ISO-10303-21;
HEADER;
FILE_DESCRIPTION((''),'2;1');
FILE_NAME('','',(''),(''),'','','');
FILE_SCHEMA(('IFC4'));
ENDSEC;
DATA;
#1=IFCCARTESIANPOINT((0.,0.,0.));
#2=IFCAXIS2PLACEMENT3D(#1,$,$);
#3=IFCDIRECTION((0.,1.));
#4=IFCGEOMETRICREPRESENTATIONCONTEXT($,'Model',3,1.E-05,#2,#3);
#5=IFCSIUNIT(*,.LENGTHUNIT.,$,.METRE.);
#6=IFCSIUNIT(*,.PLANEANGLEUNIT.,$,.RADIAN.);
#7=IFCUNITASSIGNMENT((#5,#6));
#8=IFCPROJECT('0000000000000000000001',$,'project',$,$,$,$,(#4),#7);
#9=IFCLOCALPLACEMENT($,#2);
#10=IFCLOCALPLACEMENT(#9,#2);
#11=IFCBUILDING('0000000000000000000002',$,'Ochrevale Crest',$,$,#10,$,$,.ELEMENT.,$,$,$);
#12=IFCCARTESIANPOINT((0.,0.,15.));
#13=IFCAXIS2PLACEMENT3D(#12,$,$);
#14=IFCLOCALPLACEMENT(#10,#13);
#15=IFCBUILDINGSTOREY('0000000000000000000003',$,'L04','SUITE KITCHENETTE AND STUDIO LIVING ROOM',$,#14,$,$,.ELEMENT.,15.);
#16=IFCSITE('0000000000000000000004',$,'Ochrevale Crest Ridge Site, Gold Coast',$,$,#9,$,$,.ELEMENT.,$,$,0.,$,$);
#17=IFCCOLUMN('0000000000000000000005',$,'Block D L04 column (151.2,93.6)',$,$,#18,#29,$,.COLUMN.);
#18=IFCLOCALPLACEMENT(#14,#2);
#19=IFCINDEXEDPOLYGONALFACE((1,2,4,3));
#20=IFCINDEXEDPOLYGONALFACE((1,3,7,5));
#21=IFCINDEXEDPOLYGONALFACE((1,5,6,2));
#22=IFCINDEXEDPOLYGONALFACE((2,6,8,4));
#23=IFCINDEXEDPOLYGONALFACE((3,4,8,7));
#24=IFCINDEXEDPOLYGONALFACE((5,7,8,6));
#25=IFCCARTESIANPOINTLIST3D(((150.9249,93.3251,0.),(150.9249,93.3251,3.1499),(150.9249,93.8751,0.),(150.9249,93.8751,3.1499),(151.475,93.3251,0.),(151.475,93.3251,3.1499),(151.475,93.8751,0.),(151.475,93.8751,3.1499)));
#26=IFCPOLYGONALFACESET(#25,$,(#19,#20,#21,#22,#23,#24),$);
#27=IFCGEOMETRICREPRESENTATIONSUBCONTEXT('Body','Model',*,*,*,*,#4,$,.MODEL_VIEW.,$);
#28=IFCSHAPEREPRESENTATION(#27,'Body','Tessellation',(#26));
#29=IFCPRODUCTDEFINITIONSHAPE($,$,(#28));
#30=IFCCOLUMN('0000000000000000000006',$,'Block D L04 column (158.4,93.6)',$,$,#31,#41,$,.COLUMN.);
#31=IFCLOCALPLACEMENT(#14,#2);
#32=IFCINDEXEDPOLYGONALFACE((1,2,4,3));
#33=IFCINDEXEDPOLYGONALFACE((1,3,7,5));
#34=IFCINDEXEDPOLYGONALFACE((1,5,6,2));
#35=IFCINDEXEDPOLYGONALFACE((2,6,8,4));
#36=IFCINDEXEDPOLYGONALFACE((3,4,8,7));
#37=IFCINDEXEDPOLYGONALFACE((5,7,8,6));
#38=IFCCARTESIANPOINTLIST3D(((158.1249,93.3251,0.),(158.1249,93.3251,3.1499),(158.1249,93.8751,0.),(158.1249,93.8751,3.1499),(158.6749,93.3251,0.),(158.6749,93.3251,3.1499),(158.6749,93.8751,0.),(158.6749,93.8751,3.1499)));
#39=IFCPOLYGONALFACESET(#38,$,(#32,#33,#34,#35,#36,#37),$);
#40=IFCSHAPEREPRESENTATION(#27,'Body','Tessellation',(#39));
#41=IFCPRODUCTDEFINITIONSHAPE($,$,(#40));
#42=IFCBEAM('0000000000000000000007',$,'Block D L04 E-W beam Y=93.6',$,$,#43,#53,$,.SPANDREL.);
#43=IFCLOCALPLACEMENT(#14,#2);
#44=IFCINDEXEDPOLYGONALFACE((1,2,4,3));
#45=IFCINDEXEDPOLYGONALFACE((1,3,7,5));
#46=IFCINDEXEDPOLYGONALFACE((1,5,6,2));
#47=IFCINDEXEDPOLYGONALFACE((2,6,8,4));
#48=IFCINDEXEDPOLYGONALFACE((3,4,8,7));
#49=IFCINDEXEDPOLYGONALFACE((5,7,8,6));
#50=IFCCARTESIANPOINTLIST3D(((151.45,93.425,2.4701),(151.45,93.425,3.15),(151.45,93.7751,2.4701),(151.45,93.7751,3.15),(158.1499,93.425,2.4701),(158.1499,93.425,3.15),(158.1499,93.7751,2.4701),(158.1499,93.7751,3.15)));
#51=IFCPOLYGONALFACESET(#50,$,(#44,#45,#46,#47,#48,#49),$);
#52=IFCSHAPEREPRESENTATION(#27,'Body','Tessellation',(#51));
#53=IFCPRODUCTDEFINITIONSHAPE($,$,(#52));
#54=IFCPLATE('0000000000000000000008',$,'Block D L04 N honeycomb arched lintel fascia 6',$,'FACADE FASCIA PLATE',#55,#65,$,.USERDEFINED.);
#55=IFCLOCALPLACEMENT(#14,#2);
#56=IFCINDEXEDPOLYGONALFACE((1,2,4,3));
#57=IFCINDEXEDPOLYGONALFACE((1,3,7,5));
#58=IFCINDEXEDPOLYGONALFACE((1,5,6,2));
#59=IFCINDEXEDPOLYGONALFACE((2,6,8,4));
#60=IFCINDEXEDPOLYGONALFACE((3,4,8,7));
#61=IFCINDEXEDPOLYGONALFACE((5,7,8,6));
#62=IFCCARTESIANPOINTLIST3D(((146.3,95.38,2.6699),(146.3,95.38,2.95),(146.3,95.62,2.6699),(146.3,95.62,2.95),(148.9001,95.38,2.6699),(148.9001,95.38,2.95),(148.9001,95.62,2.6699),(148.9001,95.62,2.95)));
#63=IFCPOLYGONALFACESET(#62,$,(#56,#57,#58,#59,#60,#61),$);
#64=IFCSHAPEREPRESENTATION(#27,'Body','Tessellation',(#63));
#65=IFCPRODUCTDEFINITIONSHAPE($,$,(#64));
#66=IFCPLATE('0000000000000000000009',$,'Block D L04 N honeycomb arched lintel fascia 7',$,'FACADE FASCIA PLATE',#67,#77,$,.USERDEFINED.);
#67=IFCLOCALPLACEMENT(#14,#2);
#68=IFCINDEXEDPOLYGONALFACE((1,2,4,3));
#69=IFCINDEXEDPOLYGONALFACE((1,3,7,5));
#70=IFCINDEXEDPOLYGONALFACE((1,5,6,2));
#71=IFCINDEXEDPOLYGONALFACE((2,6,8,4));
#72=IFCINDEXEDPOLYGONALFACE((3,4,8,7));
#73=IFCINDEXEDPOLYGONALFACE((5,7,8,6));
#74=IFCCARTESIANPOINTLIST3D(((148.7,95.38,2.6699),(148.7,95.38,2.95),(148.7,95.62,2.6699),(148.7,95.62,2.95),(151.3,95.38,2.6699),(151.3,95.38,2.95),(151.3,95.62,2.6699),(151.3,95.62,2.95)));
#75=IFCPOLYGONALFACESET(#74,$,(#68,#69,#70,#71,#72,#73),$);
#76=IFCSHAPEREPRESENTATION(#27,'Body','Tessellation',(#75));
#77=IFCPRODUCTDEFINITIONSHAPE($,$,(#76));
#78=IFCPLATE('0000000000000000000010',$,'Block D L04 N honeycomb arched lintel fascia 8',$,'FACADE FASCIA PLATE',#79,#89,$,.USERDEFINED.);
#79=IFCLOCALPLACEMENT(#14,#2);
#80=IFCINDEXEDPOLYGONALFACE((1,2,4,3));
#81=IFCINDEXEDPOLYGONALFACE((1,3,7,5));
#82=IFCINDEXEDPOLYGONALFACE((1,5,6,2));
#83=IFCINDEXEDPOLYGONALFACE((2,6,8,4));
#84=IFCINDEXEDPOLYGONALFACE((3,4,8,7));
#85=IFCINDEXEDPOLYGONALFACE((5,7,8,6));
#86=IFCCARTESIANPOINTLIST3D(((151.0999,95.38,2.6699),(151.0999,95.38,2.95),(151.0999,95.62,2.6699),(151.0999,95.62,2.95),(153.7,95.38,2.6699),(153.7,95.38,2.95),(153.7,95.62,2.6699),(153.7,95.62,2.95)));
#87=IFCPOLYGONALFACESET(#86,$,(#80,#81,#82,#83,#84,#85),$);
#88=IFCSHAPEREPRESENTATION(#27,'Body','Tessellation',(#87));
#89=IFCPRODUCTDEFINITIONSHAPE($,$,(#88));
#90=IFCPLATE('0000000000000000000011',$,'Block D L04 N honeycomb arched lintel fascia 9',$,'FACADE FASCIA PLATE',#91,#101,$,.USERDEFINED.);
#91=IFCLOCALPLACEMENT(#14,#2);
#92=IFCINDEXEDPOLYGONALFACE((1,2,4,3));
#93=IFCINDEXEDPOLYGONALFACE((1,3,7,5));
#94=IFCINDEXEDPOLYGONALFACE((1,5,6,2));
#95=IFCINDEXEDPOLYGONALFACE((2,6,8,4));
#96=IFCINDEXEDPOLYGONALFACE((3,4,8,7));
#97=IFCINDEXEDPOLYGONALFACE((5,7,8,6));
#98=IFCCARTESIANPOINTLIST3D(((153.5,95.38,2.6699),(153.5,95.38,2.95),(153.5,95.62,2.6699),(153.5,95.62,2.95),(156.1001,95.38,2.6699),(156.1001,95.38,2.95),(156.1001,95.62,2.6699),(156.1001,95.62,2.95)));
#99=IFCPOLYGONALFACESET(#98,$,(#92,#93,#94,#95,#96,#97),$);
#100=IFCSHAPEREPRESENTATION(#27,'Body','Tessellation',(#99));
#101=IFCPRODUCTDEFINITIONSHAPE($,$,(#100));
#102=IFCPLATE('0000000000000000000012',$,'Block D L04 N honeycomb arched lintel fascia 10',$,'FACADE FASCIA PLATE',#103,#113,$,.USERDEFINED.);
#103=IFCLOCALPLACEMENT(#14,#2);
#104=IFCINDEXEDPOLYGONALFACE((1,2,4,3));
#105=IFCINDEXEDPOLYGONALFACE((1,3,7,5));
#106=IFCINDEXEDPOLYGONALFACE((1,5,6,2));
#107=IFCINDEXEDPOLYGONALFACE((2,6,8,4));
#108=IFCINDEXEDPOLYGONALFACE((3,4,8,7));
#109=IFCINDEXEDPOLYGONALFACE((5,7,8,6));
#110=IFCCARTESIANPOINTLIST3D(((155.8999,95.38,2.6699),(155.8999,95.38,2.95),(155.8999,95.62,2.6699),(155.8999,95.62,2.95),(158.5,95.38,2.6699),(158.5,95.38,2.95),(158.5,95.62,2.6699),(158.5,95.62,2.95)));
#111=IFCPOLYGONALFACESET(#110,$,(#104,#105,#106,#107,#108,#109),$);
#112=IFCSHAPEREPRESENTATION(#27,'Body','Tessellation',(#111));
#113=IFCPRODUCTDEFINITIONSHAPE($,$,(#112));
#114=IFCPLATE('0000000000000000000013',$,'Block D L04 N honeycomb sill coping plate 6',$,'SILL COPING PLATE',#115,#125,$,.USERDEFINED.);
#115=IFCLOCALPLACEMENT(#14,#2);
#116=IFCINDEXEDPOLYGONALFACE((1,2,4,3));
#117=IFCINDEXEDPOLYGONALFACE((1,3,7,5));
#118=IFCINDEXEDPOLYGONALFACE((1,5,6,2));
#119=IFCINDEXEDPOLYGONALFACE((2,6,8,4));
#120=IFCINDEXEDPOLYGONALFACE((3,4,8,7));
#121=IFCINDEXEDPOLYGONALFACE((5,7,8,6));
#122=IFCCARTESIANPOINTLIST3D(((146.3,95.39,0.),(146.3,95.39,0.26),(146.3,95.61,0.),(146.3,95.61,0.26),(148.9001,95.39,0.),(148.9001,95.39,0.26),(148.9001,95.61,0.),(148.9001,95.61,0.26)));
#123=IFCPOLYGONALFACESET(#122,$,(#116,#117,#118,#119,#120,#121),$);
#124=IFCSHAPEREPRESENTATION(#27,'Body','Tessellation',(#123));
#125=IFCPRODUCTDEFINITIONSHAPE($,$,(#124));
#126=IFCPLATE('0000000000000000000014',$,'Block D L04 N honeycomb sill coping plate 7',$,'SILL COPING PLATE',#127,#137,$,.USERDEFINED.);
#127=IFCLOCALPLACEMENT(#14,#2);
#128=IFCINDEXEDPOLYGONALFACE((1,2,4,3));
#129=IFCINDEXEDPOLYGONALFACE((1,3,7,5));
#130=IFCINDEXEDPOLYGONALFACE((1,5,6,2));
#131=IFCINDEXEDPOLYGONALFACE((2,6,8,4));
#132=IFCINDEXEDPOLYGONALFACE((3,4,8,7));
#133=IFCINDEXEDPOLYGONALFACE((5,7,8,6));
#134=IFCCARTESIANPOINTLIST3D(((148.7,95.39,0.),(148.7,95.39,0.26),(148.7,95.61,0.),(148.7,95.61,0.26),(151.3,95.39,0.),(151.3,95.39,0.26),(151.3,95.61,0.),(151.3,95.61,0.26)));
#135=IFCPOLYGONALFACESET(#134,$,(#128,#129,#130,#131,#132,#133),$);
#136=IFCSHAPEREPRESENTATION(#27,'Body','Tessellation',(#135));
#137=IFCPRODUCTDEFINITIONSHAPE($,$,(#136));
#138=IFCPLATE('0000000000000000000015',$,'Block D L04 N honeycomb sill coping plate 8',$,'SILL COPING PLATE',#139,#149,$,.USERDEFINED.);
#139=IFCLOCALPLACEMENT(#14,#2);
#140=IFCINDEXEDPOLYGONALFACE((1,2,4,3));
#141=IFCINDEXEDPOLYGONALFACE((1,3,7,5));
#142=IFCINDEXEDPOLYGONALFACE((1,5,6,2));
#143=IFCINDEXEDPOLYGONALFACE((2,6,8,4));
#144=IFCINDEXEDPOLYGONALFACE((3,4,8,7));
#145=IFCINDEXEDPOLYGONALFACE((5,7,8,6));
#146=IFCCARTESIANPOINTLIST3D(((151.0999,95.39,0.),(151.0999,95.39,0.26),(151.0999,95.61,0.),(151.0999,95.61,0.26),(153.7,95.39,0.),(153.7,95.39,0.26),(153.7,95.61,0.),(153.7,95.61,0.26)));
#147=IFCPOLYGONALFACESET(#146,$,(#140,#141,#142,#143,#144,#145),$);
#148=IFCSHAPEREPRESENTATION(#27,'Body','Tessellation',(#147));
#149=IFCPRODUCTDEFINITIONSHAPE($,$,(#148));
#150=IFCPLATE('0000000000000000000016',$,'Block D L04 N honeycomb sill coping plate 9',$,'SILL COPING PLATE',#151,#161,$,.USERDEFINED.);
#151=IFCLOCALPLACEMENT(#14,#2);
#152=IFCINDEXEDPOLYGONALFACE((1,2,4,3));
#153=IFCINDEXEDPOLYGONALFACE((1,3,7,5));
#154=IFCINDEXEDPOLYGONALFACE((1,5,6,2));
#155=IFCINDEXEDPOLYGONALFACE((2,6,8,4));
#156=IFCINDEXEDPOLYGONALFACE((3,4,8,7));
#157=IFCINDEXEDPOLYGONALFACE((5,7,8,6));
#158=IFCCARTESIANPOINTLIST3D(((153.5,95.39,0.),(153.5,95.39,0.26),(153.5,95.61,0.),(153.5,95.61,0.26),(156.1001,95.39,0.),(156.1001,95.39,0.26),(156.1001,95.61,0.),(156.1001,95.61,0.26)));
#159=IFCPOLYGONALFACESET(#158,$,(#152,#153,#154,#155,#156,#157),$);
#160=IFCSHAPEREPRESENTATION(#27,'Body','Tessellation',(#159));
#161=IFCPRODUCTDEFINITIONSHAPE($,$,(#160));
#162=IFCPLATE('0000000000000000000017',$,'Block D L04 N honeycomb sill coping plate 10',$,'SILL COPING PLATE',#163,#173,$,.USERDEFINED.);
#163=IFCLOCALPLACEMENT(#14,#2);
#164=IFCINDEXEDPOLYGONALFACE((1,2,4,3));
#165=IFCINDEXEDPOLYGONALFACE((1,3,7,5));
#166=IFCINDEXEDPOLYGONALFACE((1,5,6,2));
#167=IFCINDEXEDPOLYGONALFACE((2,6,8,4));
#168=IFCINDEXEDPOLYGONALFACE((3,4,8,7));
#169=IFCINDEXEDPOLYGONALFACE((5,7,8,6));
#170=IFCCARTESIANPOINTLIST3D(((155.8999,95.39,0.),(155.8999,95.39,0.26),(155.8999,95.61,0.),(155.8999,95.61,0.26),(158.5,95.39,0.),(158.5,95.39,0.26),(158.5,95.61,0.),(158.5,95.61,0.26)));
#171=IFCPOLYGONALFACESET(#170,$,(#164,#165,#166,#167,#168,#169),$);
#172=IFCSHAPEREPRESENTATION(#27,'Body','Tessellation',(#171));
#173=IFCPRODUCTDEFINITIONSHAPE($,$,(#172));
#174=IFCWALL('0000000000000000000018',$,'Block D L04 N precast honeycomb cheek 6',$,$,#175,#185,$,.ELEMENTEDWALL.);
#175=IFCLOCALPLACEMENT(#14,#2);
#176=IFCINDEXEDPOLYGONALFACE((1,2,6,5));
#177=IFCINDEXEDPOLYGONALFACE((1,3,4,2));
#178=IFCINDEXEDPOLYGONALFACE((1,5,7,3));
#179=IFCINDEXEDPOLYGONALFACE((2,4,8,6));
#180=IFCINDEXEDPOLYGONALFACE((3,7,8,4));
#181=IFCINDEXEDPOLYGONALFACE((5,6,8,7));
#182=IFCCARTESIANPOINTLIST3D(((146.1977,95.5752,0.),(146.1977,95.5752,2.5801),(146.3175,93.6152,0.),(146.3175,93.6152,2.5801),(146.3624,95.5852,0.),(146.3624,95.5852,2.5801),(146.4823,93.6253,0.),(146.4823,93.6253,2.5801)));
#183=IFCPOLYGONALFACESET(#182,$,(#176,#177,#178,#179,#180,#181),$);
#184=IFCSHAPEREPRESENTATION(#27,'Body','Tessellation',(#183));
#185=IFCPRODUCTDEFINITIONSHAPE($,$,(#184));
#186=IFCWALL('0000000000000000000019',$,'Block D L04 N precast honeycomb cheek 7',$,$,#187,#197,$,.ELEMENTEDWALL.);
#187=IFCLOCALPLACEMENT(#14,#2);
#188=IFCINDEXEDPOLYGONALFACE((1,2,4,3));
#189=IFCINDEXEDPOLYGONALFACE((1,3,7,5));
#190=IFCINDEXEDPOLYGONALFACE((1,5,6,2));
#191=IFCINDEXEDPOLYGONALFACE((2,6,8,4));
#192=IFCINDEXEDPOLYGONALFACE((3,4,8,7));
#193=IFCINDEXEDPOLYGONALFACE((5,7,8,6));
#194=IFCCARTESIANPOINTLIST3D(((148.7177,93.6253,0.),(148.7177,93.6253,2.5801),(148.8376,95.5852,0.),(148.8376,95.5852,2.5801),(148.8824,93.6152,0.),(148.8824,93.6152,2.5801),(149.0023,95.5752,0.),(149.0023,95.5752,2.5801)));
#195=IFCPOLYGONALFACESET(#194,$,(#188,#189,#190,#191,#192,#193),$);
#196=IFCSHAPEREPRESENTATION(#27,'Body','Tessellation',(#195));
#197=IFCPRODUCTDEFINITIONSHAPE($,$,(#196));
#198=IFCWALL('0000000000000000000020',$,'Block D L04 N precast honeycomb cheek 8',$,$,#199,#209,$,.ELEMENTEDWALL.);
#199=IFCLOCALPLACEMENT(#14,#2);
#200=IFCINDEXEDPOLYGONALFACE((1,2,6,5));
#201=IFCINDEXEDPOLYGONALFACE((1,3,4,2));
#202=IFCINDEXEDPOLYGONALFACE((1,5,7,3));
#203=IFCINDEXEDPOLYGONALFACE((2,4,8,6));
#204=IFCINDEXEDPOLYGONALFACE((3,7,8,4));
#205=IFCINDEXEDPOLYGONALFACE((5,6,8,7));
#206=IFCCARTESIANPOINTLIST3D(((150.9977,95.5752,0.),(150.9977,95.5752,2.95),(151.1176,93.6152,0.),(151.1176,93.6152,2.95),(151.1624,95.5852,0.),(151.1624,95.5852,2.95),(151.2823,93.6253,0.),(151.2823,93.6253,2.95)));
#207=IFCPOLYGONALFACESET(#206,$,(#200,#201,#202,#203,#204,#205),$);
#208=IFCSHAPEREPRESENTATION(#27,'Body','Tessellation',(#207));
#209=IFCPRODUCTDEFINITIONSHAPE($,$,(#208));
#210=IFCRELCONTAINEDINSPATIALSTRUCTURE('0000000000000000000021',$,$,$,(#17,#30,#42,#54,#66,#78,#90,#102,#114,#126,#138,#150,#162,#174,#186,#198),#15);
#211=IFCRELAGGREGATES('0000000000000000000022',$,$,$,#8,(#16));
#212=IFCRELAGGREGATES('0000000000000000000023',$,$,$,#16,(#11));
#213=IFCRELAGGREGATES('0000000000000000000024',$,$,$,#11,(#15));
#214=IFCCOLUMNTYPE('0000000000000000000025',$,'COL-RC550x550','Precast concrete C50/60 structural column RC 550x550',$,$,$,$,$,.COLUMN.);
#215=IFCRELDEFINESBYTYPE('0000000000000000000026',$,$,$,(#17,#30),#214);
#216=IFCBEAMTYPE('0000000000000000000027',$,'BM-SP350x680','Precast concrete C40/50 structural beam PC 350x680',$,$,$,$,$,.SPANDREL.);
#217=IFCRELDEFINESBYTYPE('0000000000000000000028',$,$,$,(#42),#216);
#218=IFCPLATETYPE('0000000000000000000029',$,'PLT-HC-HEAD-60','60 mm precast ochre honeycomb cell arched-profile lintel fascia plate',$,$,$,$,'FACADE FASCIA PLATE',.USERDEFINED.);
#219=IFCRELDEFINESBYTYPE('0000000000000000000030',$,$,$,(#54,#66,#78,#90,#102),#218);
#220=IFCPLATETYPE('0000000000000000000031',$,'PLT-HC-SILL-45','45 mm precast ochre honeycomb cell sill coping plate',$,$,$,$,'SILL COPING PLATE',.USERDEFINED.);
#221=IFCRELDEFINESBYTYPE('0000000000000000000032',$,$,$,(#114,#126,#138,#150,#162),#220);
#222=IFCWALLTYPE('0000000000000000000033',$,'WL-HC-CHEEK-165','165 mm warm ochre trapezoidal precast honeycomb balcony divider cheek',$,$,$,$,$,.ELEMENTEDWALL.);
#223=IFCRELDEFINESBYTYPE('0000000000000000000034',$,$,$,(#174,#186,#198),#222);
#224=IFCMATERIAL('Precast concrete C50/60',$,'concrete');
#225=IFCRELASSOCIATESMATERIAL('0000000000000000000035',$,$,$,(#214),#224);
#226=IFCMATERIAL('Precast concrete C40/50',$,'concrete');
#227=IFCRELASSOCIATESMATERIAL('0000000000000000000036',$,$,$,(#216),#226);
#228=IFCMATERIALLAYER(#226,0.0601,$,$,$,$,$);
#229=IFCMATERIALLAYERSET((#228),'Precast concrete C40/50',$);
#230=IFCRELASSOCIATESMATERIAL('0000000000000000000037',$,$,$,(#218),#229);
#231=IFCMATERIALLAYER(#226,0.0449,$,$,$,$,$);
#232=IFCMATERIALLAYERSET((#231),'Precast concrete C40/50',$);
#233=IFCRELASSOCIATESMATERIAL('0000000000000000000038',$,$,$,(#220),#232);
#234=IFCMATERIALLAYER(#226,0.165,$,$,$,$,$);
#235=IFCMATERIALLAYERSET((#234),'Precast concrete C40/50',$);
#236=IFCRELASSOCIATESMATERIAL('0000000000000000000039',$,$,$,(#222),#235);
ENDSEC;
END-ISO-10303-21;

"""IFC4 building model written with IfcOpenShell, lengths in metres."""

from ifc_helpers import new_model, si_unit, direction, frame, frame_2d, origin, origin_2d, place, context, subcontext, project, spatial, rectangle, extrude, material, layer, layer_set, material_profile, profile_set, type_object, element, save


model = new_model("IFC4")

# Units and contexts
model_context = context("Model", 3, precision=1e-05, world=origin(), true_north=direction((0.0, 1.0)))
body_context = subcontext(model_context, "Body", "Model", "MODEL_VIEW")
ifc_project = project(units=[si_unit("LENGTHUNIT", "METRE"), si_unit("PLANEANGLEUNIT", "RADIAN")], contexts=[model_context])

# Site, building, storey
site_placement = place(None, origin())
site = spatial("IfcSite", under=ifc_project, at=site_placement, Name="Ochrevale Crest Ridge Site, Gold Coast", CompositionType="ELEMENT", RefElevation=0.0)
building_placement = place(site_placement, origin())
building = spatial("IfcBuilding", under=site, at=building_placement, Name="Ochrevale Crest", CompositionType="ELEMENT")
storey_placement = place(building_placement, frame((0.0, 0.0, 15.0)))
storey = spatial("IfcBuildingStorey", under=building, at=storey_placement, Name="L04", Description="SUITE KITCHENETTE AND STUDIO LIVING ROOM", CompositionType="ELEMENT", Elevation=15.0)

# Columns
ifc_material_1 = material(Name="Precast concrete C50/60", Category="concrete")
ifc_material_profile_1 = material_profile(ifc_material_1, rectangle(XDim=0.55, YDim=0.55, at=origin_2d()), Name="RC 550x550")
ifc_profile_set_1 = profile_set([ifc_material_profile_1], Name="Precast concrete C50/60")
column_type = type_object("IfcColumnType", Name="COL-RC550x550", Description="Precast concrete C50/60 structural column RC 550x550", PredefinedType="COLUMN", material=ifc_profile_set_1)
for number, where, z_axis, x_axis, name in (
    (1, (151.2, 93.6001, 0.0), (0.0, 0.0, 1.0), (1.0, 0.0, 0.0), "Block D L04 column (151.2,93.6)"),
    (2, (158.3999, 93.6001, 0.0), (0.0, 0.0, 1.0), (1.0, 0.0, 0.0), "Block D L04 column (158.4,93.6)"),
):
    element("IfcColumn", number, at=place(storey_placement, frame(where, z_axis=z_axis, x_axis=x_axis)), inside=storey, type_object=column_type, Name=name, PredefinedType="COLUMN", context=body_context, shape_type="SweptSolid", body=[
        extrude(rectangle(XDim=0.55, YDim=0.55, at=origin_2d()), origin(), (0.0, 0.0, 1.0), 3.1499),
    ])

# Beam
ifc_material_2 = material(Name="Precast concrete C40/50", Category="concrete")
ifc_material_profile_2 = material_profile(ifc_material_2, rectangle(XDim=0.3501, YDim=0.6799, at=origin_2d()), Name="PC 350x680")
ifc_profile_set_2 = profile_set([ifc_material_profile_2], Name="Precast concrete C40/50")
beam_type = type_object("IfcBeamType", Name="BM-SP350x680", Description="Precast concrete C40/50 structural beam PC 350x680", PredefinedType="SPANDREL", material=ifc_profile_set_2)
beam_placement = place(storey_placement, frame((151.45, 93.6001, 2.8101), z_axis=(1.0, 0.0, 0.0), x_axis=(0.0, 1.0, 0.0)))
element("IfcBeam", 3, at=beam_placement, inside=storey, type_object=beam_type, Name="Block D L04 E-W beam Y=93.6", PredefinedType="SPANDREL", context=body_context, shape_type="SweptSolid", body=[
    extrude(rectangle(XDim=0.3501, YDim=0.6799, at=origin_2d()), origin(), (0.0, 0.0, 1.0), 6.7),
])

# Plates
ifc_layer_1 = layer(ifc_material_2, 0.0601)
ifc_layer_set_1 = layer_set([ifc_layer_1], Name="Precast concrete C40/50")
plate_type_1 = type_object("IfcPlateType", Name="PLT-HC-HEAD-60", Description="60 mm precast ochre honeycomb cell arched-profile lintel fascia plate", ElementType="FACADE FASCIA PLATE", PredefinedType="USERDEFINED", material=ifc_layer_set_1)
for number, where, z_axis, x_axis, name in (
    (4, (147.6001, 95.5, 2.6699), (0.0, 0.0, 1.0), (1.0, 0.0, 0.0), "Block D L04 N honeycomb arched lintel fascia 6"),
    (5, (150.0, 95.5, 2.6699), (0.0, 0.0, 1.0), (1.0, 0.0, 0.0), "Block D L04 N honeycomb arched lintel fascia 7"),
    (6, (152.3999, 95.5, 2.6699), (0.0, 0.0, 1.0), (1.0, 0.0, 0.0), "Block D L04 N honeycomb arched lintel fascia 8"),
    (7, (154.8, 95.5, 2.6699), (0.0, 0.0, 1.0), (1.0, 0.0, 0.0), "Block D L04 N honeycomb arched lintel fascia 9"),
    (8, (157.2, 95.5, 2.6699), (0.0, 0.0, 1.0), (1.0, 0.0, 0.0), "Block D L04 N honeycomb arched lintel fascia 10"),
):
    element("IfcPlate", number, at=place(storey_placement, frame(where, z_axis=z_axis, x_axis=x_axis)), inside=storey, type_object=plate_type_1, Name=name, ObjectType="FACADE FASCIA PLATE", PredefinedType="USERDEFINED", context=body_context, shape_type="SweptSolid", body=[
        extrude(rectangle(XDim=2.6001, YDim=0.24, at=origin_2d()), origin(), (0.0, 0.0, 1.0), 0.28),
    ])
ifc_layer_2 = layer(ifc_material_2, 0.0449)
ifc_layer_set_2 = layer_set([ifc_layer_2], Name="Precast concrete C40/50")
plate_type_2 = type_object("IfcPlateType", Name="PLT-HC-SILL-45", Description="45 mm precast ochre honeycomb cell sill coping plate", ElementType="SILL COPING PLATE", PredefinedType="USERDEFINED", material=ifc_layer_set_2)
for number, where, z_axis, x_axis, name in (
    (9, (147.6001, 95.5, 0.0), (0.0, 0.0, 1.0), (1.0, 0.0, 0.0), "Block D L04 N honeycomb sill coping plate 6"),
    (10, (150.0, 95.5, 0.0), (0.0, 0.0, 1.0), (1.0, 0.0, 0.0), "Block D L04 N honeycomb sill coping plate 7"),
    (11, (152.3999, 95.5, 0.0), (0.0, 0.0, 1.0), (1.0, 0.0, 0.0), "Block D L04 N honeycomb sill coping plate 8"),
    (12, (154.8, 95.5, 0.0), (0.0, 0.0, 1.0), (1.0, 0.0, 0.0), "Block D L04 N honeycomb sill coping plate 9"),
    (13, (157.2, 95.5, 0.0), (0.0, 0.0, 1.0), (1.0, 0.0, 0.0), "Block D L04 N honeycomb sill coping plate 10"),
):
    element("IfcPlate", number, at=place(storey_placement, frame(where, z_axis=z_axis, x_axis=x_axis)), inside=storey, type_object=plate_type_2, Name=name, ObjectType="SILL COPING PLATE", PredefinedType="USERDEFINED", context=body_context, shape_type="SweptSolid", body=[
        extrude(rectangle(XDim=2.6001, YDim=0.22, at=origin_2d()), origin(), (0.0, 0.0, 1.0), 0.26),
    ])

# Walls
ifc_layer_3 = layer(ifc_material_2, 0.165)
ifc_layer_set_3 = layer_set([ifc_layer_3], Name="Precast concrete C40/50")
wall_type_1 = type_object("IfcWallType", Name="WL-HC-CHEEK-165", Description="165 mm warm ochre trapezoidal precast honeycomb balcony divider cheek", PredefinedType="ELEMENTEDWALL", material=ifc_layer_set_3)
for number, where, z_axis, x_axis, name in (
    (14, (146.3999, 93.6201, 0.0), (0.0, 0.0, 1.0), (-0.061047, 0.998135, 0.0), "Block D L04 N precast honeycomb cheek 6"),
    (15, (148.8, 93.6201, 0.0), (0.0, 0.0, 1.0), (0.061047, 0.998135, 0.0), "Block D L04 N precast honeycomb cheek 7"),
):
    element("IfcWall", number, at=place(storey_placement, frame(where, z_axis=z_axis, x_axis=x_axis)), inside=storey, type_object=wall_type_1, Name=name, PredefinedType="ELEMENTEDWALL", context=body_context, shape_type="SweptSolid", body=[
        extrude(rectangle(XDim=1.9636, YDim=0.165, at=frame_2d((0.9819, 0.0))), origin(), (0.0, 0.0, 1.0), 2.5801),
    ])
wall_1_placement = place(storey_placement, frame((151.2, 93.6201, 0.0), z_axis=(0.0, 0.0, 1.0), x_axis=(-0.061047, 0.998135, 0.0)))
element("IfcWall", 16, at=wall_1_placement, inside=storey, type_object=wall_type_1, Name="Block D L04 N precast honeycomb cheek 8", PredefinedType="ELEMENTEDWALL", context=body_context, shape_type="SweptSolid", body=[
    extrude(rectangle(XDim=1.9636, YDim=0.165, at=frame_2d((0.9819, 0.0))), origin(), (0.0, 0.0, 1.0), 2.95),
])

save(model, "model.ifc")
